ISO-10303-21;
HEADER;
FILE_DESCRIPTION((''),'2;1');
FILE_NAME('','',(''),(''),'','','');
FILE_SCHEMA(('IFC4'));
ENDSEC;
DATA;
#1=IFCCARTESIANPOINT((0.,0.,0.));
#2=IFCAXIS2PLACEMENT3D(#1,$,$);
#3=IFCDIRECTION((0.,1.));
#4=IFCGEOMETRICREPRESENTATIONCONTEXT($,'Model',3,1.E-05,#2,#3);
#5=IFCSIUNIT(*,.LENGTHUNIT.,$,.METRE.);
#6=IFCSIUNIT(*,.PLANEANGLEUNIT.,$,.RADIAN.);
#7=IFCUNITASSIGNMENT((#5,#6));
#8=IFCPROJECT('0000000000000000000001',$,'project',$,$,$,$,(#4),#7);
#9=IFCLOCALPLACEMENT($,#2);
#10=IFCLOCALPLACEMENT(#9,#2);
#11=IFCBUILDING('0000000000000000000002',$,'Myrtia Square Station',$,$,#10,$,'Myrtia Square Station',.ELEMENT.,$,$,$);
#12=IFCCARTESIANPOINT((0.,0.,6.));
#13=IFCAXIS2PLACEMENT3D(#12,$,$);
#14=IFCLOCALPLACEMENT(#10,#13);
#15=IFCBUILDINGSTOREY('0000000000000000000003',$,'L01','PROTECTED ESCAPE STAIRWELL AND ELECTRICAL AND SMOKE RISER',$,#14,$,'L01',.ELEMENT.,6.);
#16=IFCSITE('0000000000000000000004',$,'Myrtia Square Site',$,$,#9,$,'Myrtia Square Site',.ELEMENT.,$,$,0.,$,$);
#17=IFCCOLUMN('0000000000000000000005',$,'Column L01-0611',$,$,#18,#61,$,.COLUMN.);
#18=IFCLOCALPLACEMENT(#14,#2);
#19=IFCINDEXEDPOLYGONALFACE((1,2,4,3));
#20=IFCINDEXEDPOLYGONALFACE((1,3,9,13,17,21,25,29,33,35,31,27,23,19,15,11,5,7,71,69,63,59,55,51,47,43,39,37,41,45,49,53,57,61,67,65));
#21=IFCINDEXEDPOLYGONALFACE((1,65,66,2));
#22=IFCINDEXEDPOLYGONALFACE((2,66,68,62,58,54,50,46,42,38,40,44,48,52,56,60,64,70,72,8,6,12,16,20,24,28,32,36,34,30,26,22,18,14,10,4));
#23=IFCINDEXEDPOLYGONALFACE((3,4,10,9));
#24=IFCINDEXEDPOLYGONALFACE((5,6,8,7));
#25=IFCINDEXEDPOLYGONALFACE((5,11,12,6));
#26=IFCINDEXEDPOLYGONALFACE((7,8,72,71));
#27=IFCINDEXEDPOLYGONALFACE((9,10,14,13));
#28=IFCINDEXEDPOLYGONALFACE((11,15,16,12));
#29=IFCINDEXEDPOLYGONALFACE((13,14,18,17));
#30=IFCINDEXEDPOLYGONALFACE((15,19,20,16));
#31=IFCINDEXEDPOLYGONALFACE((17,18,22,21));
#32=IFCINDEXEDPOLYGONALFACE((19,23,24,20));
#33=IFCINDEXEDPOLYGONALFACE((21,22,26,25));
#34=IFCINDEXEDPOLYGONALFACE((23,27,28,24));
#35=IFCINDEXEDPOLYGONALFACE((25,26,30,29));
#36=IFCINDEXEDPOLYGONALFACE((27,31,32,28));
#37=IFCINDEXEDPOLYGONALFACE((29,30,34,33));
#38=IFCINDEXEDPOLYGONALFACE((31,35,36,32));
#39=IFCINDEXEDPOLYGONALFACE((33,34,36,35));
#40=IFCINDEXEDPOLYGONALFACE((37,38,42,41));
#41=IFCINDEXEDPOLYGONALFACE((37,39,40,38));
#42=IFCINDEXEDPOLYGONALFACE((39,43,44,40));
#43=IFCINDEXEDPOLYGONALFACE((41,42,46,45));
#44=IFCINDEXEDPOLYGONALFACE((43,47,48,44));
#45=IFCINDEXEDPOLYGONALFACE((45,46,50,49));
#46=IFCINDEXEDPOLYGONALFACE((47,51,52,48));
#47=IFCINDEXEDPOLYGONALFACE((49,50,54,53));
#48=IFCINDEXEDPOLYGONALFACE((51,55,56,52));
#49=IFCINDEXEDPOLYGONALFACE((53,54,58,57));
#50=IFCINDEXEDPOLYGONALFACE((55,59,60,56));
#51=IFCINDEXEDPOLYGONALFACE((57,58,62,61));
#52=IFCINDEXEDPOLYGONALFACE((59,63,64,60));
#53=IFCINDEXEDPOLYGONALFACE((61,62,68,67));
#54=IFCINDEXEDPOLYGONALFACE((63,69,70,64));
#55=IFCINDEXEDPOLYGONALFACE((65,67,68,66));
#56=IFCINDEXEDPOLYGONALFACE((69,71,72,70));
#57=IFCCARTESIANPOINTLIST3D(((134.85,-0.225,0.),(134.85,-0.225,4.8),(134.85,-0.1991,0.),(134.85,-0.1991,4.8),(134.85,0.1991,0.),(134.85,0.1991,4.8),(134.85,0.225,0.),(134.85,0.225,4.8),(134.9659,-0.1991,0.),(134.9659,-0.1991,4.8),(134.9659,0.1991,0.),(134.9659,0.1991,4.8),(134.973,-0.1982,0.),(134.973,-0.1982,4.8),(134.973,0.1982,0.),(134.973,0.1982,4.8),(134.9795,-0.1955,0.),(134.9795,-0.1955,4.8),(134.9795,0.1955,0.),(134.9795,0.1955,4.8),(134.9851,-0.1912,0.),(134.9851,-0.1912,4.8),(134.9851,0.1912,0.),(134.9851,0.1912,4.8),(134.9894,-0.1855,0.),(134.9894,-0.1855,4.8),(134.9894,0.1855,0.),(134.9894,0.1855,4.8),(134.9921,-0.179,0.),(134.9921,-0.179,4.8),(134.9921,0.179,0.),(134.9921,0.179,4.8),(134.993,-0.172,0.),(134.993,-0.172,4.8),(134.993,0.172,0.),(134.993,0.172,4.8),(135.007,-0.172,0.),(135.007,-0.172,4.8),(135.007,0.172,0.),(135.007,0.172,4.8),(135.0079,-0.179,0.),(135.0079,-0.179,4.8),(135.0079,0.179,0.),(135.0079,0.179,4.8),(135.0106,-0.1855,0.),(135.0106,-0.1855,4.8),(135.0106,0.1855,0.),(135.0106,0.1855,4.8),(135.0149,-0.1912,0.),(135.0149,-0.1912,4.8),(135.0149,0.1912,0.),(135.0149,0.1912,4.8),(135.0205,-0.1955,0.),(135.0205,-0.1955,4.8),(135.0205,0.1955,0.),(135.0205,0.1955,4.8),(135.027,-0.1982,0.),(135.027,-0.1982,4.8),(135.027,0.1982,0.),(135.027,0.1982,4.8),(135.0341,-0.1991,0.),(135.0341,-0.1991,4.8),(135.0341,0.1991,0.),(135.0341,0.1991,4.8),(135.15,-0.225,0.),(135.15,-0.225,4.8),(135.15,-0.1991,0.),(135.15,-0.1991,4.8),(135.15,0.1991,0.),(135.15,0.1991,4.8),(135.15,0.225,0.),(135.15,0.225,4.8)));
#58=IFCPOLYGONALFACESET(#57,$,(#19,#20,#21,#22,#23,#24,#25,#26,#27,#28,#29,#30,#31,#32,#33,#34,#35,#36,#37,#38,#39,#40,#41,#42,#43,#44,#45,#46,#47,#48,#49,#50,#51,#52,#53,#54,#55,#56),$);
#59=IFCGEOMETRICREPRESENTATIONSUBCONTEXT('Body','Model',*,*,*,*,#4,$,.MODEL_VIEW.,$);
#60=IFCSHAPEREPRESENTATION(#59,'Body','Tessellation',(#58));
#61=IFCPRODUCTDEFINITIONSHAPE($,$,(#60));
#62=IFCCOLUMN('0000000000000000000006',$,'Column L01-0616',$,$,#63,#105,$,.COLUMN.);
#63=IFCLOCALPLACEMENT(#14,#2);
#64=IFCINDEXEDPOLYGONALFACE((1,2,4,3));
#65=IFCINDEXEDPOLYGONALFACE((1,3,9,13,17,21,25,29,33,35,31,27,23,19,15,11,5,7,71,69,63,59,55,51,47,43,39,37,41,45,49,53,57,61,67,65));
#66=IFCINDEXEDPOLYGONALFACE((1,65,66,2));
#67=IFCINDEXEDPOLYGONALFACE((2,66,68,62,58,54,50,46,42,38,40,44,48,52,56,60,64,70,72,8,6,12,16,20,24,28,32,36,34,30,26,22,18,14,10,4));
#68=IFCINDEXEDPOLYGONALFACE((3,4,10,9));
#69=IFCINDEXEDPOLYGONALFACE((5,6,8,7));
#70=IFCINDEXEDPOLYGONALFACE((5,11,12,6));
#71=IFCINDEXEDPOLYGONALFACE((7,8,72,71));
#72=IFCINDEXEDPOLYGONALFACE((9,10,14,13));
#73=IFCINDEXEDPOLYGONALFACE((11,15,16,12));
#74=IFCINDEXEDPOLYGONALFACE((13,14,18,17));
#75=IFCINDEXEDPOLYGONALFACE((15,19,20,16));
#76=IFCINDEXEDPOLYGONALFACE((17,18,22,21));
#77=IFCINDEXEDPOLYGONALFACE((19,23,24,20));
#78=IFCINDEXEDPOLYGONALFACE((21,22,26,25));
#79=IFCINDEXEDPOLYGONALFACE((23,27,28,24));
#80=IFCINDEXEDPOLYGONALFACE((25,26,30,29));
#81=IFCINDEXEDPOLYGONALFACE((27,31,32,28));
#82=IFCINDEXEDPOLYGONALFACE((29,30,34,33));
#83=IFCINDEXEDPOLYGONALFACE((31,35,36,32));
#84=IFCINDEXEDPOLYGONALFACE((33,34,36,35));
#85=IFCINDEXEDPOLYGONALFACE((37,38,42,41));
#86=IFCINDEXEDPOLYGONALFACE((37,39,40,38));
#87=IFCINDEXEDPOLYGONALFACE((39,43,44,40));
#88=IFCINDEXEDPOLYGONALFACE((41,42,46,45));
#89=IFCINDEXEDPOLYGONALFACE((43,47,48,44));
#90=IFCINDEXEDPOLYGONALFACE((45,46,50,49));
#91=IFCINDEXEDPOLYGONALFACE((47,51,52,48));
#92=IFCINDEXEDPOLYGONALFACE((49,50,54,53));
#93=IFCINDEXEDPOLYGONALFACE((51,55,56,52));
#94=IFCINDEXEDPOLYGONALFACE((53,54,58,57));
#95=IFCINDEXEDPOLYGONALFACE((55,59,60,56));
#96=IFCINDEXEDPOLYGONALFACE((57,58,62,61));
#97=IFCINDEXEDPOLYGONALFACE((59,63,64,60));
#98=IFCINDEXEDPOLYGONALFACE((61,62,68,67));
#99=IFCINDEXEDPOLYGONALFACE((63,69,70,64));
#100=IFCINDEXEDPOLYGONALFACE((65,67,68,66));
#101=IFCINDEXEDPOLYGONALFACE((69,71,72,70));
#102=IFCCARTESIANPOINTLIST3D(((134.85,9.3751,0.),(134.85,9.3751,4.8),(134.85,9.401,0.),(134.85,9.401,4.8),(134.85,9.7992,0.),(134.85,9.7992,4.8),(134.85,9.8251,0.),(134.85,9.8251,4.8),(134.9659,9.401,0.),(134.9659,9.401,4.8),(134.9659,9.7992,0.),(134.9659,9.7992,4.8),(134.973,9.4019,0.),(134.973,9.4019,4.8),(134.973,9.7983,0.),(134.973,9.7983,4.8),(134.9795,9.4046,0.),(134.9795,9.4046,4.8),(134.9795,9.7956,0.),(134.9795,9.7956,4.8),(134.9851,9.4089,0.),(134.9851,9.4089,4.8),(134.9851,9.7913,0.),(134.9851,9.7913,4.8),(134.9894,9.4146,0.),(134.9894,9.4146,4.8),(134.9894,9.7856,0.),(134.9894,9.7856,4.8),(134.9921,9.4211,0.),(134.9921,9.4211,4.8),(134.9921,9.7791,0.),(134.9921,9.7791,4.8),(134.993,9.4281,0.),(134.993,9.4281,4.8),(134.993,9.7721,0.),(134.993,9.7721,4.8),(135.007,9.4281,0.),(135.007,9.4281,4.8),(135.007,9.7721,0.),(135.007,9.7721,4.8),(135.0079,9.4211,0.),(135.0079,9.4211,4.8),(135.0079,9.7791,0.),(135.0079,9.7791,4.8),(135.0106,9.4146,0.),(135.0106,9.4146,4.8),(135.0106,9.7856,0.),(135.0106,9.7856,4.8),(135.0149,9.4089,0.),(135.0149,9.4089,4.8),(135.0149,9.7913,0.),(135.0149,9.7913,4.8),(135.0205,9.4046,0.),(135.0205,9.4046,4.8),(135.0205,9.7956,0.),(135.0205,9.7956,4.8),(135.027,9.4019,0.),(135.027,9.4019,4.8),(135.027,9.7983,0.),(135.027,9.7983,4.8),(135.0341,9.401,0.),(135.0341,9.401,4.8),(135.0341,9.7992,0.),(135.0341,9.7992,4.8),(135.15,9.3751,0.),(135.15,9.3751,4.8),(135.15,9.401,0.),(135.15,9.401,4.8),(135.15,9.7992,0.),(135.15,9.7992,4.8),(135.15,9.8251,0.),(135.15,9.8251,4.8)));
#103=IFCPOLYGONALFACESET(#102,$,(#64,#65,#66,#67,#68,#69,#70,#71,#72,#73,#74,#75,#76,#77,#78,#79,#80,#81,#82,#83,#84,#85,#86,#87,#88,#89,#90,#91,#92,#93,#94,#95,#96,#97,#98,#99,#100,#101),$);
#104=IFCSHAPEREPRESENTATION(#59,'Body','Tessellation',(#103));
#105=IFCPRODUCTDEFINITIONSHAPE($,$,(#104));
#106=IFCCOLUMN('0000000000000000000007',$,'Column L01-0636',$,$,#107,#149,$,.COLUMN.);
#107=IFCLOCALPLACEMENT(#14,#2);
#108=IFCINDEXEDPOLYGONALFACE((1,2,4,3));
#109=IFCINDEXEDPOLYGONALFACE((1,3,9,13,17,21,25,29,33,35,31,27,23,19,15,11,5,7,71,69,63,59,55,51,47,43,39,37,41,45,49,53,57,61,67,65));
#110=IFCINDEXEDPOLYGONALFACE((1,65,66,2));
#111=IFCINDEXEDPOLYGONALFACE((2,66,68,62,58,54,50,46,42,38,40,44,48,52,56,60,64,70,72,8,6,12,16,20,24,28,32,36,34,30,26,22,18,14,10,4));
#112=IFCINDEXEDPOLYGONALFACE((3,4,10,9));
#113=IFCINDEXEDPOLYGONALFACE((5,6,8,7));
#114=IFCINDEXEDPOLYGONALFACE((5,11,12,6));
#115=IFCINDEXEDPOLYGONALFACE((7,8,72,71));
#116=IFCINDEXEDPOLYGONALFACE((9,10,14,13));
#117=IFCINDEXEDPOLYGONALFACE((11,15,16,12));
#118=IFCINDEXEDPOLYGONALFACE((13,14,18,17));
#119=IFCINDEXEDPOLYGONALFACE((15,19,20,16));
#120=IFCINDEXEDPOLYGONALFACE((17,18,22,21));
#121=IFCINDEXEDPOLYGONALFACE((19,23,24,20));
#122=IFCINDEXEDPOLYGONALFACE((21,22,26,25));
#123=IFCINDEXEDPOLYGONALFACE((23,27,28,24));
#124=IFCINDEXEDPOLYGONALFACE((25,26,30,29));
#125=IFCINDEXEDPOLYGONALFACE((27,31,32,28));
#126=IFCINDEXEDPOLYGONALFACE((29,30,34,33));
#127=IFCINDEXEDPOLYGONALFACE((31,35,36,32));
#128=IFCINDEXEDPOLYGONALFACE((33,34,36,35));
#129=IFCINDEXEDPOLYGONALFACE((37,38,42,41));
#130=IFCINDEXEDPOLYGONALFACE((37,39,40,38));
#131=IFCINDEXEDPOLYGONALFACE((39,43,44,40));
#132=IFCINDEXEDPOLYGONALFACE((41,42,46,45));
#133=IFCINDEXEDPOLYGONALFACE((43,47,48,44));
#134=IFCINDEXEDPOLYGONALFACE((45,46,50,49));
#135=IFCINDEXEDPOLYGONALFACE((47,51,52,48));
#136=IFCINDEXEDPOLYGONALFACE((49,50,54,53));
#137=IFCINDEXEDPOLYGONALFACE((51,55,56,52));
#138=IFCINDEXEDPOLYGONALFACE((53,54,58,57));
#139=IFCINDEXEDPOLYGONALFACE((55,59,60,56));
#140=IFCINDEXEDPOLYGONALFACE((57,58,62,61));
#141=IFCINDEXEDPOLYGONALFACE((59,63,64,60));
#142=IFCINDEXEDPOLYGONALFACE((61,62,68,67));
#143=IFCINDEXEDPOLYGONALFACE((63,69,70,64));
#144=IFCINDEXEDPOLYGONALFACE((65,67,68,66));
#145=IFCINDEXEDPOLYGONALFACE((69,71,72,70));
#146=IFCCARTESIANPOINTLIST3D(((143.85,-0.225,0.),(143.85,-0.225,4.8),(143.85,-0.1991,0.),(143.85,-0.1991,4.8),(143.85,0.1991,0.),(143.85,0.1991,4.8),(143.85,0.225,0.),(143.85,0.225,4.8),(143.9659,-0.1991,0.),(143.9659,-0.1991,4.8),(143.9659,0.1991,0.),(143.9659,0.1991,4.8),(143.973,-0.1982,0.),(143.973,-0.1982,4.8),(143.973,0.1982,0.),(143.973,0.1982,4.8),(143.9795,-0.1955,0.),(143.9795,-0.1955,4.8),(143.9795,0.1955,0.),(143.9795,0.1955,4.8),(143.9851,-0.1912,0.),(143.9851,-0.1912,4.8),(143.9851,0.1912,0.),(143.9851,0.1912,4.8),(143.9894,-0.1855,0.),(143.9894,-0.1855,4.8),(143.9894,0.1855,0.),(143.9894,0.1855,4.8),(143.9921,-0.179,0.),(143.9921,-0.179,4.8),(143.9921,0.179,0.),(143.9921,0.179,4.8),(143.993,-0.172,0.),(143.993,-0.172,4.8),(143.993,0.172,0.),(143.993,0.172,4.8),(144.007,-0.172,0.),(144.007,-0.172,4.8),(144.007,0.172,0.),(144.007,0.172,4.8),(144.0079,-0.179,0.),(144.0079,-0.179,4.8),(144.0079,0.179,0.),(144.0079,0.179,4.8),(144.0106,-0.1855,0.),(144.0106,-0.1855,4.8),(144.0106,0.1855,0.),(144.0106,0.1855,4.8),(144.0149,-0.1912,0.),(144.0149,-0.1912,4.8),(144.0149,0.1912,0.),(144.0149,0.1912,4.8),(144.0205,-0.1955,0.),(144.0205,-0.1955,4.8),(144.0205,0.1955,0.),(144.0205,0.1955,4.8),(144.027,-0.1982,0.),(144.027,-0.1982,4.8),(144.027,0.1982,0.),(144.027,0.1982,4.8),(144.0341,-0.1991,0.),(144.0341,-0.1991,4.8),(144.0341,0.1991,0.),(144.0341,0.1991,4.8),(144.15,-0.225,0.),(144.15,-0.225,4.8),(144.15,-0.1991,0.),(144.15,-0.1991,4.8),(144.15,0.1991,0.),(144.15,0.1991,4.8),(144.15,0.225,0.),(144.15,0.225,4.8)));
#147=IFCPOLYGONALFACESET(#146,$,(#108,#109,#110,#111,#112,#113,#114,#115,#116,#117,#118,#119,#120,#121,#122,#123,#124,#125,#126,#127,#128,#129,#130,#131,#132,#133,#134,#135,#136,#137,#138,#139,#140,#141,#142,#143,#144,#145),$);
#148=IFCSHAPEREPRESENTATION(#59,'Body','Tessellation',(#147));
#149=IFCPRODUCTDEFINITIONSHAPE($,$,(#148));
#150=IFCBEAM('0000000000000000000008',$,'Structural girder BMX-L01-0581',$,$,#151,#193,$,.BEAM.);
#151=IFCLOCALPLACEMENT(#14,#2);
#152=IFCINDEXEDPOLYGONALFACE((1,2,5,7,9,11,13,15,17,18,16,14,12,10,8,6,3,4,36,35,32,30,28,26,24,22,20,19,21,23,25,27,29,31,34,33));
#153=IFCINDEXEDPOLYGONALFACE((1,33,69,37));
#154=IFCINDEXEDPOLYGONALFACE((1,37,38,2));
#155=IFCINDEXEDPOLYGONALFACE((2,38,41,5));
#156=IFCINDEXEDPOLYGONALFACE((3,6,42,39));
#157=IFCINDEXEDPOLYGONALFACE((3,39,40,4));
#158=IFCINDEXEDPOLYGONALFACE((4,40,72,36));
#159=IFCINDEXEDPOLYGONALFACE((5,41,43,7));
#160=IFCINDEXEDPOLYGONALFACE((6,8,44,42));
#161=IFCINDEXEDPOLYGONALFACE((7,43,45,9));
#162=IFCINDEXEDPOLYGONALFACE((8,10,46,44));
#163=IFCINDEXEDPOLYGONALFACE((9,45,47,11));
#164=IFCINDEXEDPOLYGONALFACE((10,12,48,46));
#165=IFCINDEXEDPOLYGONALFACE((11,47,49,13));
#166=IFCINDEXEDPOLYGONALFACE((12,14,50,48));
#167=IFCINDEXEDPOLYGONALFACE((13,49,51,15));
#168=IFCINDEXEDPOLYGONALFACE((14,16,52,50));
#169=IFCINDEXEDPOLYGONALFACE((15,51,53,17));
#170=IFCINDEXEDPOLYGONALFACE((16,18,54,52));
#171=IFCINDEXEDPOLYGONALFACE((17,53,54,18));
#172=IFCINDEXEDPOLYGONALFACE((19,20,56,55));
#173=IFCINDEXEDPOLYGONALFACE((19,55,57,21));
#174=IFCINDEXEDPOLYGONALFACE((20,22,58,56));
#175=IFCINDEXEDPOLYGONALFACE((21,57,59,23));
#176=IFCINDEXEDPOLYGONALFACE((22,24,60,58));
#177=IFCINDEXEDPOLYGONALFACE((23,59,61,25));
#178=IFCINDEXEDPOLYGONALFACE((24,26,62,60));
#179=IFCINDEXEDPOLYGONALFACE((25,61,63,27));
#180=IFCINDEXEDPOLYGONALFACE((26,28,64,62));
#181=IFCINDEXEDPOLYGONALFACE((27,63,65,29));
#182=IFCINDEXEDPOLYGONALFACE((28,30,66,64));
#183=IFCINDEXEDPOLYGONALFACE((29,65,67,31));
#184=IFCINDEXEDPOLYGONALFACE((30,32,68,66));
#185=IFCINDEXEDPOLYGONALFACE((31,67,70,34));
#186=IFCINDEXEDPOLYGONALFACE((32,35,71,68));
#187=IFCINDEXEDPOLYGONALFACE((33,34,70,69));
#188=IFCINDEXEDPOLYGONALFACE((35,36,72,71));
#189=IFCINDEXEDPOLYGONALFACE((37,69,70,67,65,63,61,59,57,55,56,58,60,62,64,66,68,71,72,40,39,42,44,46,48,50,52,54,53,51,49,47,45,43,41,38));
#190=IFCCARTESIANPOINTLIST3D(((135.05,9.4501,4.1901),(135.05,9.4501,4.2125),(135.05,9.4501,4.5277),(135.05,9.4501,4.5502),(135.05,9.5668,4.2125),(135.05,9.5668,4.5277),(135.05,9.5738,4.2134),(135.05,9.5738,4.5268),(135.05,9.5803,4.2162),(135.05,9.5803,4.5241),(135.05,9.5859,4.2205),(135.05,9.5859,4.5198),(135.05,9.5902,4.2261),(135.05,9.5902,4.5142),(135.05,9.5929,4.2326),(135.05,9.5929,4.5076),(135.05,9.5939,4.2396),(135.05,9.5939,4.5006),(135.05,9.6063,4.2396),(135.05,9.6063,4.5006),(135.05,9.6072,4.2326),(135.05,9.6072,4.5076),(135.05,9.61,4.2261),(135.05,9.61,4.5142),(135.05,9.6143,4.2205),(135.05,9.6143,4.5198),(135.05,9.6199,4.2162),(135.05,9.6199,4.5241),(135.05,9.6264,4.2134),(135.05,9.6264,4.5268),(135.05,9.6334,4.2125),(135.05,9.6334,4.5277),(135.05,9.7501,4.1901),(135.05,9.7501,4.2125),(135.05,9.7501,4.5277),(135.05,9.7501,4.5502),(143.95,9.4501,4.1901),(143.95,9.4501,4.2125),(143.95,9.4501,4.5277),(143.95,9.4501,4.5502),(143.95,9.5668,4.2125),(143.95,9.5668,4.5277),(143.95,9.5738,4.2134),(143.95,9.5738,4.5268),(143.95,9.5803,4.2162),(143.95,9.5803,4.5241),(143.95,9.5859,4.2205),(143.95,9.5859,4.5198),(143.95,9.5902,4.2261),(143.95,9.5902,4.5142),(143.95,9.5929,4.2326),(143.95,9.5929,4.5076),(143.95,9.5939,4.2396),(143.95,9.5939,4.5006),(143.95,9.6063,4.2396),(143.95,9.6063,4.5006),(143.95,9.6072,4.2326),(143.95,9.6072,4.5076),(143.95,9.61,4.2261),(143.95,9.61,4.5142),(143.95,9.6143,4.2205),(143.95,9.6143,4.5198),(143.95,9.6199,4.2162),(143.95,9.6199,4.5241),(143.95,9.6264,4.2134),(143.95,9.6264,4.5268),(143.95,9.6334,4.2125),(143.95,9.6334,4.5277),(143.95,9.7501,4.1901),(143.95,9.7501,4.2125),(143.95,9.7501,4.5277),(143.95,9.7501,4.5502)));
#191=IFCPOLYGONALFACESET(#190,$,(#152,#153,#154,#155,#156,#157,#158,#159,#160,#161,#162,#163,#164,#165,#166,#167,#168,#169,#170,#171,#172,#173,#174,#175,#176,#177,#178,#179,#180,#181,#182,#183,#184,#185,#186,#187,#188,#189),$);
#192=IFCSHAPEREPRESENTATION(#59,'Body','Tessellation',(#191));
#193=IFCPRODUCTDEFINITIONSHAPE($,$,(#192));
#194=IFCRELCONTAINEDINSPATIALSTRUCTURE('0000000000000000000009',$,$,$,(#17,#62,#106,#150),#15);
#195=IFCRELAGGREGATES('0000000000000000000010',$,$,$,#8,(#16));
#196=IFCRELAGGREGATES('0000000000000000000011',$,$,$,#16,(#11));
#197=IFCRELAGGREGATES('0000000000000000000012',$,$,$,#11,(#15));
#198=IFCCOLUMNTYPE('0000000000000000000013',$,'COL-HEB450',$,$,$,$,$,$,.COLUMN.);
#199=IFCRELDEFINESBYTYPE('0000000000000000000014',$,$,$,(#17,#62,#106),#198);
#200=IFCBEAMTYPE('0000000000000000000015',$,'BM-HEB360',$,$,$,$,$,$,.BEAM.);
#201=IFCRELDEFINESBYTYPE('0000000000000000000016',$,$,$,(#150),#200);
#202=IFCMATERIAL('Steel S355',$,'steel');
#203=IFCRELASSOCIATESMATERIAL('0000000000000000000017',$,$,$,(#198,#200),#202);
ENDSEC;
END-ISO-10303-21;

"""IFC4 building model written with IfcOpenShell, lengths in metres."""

from ifc_helpers import new_model, si_unit, direction, frame, origin, origin_2d, place, context, subcontext, project, spatial, i_section, extrude, material, material_profile, profile_set, type_object, element, save


model = new_model("IFC4")

# Units and contexts
model_context = context("Model", 3, precision=1e-05, world=origin(), true_north=direction((0.0, 1.0)))
body_context = subcontext(model_context, "Body", "Model", "MODEL_VIEW")
ifc_project = project(units=[si_unit("LENGTHUNIT", "METRE"), si_unit("PLANEANGLEUNIT", "RADIAN")], contexts=[model_context])

# Site, building, storey
site_placement = place(None, origin())
site = spatial("IfcSite", under=ifc_project, at=site_placement, Name="Myrtia Square Site", LongName="Myrtia Square Site", CompositionType="ELEMENT", RefElevation=0.0)
building_placement = place(site_placement, origin())
building = spatial("IfcBuilding", under=site, at=building_placement, Name="Myrtia Square Station", LongName="Myrtia Square Station", CompositionType="ELEMENT")
storey_placement = place(building_placement, frame((0.0, 0.0, 6.0)))
storey = spatial("IfcBuildingStorey", under=building, at=storey_placement, Name="L01", Description="PROTECTED ESCAPE STAIRWELL AND ELECTRICAL AND SMOKE RISER", LongName="L01", CompositionType="ELEMENT", Elevation=6.0)

# Columns
ifc_material_1 = material(Name="Steel S355", Category="steel")
ifc_material_profile_1 = material_profile(ifc_material_1, i_section(OverallWidth=0.3, OverallDepth=0.45, WebThickness=0.0139, FlangeThickness=0.0259, FilletRadius=0.0271, at=origin_2d()), Name="HEB 450")
ifc_profile_set_1 = profile_set([ifc_material_profile_1], Name="Steel S355")
column_type = type_object("IfcColumnType", Name="COL-HEB450", PredefinedType="COLUMN", material=ifc_profile_set_1)
for number, where, z_axis, x_axis, name in (
    (1, (135.0, 0.0, 0.0), (0.0, 0.0, 1.0), (1.0, 0.0, 0.0), "Column L01-0611"),
    (2, (135.0, 9.6001, 0.0), (0.0, 0.0, 1.0), (1.0, 0.0, 0.0), "Column L01-0616"),
    (3, (144.0, 0.0, 0.0), (0.0, 0.0, 1.0), (1.0, 0.0, 0.0), "Column L01-0636"),
):
    element("IfcColumn", number, at=place(storey_placement, frame(where, z_axis=z_axis, x_axis=x_axis)), inside=storey, type_object=column_type, Name=name, PredefinedType="COLUMN", context=body_context, shape_type="SweptSolid", body=[
        extrude(i_section(OverallWidth=0.3, OverallDepth=0.45, WebThickness=0.0139, FlangeThickness=0.0259, FilletRadius=0.0271, at=origin_2d()), origin(), (0.0, 0.0, 1.0), 4.8),
    ])

# Beam
ifc_material_profile_2 = material_profile(ifc_material_1, i_section(OverallWidth=0.3, OverallDepth=0.3601, WebThickness=0.0125, FlangeThickness=0.0225, FilletRadius=0.0271, at=origin_2d()), Name="HEB 360")
ifc_profile_set_2 = profile_set([ifc_material_profile_2], Name="Steel S355")
beam_type_1 = type_object("IfcBeamType", Name="BM-HEB360", PredefinedType="BEAM", material=ifc_profile_set_2)
beam_1_placement = place(storey_placement, frame((135.05, 9.6001, 4.3701), z_axis=(1.0, 0.0, 0.0), x_axis=(0.0, 1.0, 0.0)))
element("IfcBeam", 4, at=beam_1_placement, inside=storey, type_object=beam_type_1, Name="Structural girder BMX-L01-0581", PredefinedType="BEAM", context=body_context, shape_type="SweptSolid", body=[
    extrude(i_section(OverallWidth=0.3, OverallDepth=0.3601, WebThickness=0.0125, FlangeThickness=0.0225, FilletRadius=0.0271, at=origin_2d()), origin(), (0.0, 0.0, 1.0), 8.8999),
])

save(model, "model.ifc")
